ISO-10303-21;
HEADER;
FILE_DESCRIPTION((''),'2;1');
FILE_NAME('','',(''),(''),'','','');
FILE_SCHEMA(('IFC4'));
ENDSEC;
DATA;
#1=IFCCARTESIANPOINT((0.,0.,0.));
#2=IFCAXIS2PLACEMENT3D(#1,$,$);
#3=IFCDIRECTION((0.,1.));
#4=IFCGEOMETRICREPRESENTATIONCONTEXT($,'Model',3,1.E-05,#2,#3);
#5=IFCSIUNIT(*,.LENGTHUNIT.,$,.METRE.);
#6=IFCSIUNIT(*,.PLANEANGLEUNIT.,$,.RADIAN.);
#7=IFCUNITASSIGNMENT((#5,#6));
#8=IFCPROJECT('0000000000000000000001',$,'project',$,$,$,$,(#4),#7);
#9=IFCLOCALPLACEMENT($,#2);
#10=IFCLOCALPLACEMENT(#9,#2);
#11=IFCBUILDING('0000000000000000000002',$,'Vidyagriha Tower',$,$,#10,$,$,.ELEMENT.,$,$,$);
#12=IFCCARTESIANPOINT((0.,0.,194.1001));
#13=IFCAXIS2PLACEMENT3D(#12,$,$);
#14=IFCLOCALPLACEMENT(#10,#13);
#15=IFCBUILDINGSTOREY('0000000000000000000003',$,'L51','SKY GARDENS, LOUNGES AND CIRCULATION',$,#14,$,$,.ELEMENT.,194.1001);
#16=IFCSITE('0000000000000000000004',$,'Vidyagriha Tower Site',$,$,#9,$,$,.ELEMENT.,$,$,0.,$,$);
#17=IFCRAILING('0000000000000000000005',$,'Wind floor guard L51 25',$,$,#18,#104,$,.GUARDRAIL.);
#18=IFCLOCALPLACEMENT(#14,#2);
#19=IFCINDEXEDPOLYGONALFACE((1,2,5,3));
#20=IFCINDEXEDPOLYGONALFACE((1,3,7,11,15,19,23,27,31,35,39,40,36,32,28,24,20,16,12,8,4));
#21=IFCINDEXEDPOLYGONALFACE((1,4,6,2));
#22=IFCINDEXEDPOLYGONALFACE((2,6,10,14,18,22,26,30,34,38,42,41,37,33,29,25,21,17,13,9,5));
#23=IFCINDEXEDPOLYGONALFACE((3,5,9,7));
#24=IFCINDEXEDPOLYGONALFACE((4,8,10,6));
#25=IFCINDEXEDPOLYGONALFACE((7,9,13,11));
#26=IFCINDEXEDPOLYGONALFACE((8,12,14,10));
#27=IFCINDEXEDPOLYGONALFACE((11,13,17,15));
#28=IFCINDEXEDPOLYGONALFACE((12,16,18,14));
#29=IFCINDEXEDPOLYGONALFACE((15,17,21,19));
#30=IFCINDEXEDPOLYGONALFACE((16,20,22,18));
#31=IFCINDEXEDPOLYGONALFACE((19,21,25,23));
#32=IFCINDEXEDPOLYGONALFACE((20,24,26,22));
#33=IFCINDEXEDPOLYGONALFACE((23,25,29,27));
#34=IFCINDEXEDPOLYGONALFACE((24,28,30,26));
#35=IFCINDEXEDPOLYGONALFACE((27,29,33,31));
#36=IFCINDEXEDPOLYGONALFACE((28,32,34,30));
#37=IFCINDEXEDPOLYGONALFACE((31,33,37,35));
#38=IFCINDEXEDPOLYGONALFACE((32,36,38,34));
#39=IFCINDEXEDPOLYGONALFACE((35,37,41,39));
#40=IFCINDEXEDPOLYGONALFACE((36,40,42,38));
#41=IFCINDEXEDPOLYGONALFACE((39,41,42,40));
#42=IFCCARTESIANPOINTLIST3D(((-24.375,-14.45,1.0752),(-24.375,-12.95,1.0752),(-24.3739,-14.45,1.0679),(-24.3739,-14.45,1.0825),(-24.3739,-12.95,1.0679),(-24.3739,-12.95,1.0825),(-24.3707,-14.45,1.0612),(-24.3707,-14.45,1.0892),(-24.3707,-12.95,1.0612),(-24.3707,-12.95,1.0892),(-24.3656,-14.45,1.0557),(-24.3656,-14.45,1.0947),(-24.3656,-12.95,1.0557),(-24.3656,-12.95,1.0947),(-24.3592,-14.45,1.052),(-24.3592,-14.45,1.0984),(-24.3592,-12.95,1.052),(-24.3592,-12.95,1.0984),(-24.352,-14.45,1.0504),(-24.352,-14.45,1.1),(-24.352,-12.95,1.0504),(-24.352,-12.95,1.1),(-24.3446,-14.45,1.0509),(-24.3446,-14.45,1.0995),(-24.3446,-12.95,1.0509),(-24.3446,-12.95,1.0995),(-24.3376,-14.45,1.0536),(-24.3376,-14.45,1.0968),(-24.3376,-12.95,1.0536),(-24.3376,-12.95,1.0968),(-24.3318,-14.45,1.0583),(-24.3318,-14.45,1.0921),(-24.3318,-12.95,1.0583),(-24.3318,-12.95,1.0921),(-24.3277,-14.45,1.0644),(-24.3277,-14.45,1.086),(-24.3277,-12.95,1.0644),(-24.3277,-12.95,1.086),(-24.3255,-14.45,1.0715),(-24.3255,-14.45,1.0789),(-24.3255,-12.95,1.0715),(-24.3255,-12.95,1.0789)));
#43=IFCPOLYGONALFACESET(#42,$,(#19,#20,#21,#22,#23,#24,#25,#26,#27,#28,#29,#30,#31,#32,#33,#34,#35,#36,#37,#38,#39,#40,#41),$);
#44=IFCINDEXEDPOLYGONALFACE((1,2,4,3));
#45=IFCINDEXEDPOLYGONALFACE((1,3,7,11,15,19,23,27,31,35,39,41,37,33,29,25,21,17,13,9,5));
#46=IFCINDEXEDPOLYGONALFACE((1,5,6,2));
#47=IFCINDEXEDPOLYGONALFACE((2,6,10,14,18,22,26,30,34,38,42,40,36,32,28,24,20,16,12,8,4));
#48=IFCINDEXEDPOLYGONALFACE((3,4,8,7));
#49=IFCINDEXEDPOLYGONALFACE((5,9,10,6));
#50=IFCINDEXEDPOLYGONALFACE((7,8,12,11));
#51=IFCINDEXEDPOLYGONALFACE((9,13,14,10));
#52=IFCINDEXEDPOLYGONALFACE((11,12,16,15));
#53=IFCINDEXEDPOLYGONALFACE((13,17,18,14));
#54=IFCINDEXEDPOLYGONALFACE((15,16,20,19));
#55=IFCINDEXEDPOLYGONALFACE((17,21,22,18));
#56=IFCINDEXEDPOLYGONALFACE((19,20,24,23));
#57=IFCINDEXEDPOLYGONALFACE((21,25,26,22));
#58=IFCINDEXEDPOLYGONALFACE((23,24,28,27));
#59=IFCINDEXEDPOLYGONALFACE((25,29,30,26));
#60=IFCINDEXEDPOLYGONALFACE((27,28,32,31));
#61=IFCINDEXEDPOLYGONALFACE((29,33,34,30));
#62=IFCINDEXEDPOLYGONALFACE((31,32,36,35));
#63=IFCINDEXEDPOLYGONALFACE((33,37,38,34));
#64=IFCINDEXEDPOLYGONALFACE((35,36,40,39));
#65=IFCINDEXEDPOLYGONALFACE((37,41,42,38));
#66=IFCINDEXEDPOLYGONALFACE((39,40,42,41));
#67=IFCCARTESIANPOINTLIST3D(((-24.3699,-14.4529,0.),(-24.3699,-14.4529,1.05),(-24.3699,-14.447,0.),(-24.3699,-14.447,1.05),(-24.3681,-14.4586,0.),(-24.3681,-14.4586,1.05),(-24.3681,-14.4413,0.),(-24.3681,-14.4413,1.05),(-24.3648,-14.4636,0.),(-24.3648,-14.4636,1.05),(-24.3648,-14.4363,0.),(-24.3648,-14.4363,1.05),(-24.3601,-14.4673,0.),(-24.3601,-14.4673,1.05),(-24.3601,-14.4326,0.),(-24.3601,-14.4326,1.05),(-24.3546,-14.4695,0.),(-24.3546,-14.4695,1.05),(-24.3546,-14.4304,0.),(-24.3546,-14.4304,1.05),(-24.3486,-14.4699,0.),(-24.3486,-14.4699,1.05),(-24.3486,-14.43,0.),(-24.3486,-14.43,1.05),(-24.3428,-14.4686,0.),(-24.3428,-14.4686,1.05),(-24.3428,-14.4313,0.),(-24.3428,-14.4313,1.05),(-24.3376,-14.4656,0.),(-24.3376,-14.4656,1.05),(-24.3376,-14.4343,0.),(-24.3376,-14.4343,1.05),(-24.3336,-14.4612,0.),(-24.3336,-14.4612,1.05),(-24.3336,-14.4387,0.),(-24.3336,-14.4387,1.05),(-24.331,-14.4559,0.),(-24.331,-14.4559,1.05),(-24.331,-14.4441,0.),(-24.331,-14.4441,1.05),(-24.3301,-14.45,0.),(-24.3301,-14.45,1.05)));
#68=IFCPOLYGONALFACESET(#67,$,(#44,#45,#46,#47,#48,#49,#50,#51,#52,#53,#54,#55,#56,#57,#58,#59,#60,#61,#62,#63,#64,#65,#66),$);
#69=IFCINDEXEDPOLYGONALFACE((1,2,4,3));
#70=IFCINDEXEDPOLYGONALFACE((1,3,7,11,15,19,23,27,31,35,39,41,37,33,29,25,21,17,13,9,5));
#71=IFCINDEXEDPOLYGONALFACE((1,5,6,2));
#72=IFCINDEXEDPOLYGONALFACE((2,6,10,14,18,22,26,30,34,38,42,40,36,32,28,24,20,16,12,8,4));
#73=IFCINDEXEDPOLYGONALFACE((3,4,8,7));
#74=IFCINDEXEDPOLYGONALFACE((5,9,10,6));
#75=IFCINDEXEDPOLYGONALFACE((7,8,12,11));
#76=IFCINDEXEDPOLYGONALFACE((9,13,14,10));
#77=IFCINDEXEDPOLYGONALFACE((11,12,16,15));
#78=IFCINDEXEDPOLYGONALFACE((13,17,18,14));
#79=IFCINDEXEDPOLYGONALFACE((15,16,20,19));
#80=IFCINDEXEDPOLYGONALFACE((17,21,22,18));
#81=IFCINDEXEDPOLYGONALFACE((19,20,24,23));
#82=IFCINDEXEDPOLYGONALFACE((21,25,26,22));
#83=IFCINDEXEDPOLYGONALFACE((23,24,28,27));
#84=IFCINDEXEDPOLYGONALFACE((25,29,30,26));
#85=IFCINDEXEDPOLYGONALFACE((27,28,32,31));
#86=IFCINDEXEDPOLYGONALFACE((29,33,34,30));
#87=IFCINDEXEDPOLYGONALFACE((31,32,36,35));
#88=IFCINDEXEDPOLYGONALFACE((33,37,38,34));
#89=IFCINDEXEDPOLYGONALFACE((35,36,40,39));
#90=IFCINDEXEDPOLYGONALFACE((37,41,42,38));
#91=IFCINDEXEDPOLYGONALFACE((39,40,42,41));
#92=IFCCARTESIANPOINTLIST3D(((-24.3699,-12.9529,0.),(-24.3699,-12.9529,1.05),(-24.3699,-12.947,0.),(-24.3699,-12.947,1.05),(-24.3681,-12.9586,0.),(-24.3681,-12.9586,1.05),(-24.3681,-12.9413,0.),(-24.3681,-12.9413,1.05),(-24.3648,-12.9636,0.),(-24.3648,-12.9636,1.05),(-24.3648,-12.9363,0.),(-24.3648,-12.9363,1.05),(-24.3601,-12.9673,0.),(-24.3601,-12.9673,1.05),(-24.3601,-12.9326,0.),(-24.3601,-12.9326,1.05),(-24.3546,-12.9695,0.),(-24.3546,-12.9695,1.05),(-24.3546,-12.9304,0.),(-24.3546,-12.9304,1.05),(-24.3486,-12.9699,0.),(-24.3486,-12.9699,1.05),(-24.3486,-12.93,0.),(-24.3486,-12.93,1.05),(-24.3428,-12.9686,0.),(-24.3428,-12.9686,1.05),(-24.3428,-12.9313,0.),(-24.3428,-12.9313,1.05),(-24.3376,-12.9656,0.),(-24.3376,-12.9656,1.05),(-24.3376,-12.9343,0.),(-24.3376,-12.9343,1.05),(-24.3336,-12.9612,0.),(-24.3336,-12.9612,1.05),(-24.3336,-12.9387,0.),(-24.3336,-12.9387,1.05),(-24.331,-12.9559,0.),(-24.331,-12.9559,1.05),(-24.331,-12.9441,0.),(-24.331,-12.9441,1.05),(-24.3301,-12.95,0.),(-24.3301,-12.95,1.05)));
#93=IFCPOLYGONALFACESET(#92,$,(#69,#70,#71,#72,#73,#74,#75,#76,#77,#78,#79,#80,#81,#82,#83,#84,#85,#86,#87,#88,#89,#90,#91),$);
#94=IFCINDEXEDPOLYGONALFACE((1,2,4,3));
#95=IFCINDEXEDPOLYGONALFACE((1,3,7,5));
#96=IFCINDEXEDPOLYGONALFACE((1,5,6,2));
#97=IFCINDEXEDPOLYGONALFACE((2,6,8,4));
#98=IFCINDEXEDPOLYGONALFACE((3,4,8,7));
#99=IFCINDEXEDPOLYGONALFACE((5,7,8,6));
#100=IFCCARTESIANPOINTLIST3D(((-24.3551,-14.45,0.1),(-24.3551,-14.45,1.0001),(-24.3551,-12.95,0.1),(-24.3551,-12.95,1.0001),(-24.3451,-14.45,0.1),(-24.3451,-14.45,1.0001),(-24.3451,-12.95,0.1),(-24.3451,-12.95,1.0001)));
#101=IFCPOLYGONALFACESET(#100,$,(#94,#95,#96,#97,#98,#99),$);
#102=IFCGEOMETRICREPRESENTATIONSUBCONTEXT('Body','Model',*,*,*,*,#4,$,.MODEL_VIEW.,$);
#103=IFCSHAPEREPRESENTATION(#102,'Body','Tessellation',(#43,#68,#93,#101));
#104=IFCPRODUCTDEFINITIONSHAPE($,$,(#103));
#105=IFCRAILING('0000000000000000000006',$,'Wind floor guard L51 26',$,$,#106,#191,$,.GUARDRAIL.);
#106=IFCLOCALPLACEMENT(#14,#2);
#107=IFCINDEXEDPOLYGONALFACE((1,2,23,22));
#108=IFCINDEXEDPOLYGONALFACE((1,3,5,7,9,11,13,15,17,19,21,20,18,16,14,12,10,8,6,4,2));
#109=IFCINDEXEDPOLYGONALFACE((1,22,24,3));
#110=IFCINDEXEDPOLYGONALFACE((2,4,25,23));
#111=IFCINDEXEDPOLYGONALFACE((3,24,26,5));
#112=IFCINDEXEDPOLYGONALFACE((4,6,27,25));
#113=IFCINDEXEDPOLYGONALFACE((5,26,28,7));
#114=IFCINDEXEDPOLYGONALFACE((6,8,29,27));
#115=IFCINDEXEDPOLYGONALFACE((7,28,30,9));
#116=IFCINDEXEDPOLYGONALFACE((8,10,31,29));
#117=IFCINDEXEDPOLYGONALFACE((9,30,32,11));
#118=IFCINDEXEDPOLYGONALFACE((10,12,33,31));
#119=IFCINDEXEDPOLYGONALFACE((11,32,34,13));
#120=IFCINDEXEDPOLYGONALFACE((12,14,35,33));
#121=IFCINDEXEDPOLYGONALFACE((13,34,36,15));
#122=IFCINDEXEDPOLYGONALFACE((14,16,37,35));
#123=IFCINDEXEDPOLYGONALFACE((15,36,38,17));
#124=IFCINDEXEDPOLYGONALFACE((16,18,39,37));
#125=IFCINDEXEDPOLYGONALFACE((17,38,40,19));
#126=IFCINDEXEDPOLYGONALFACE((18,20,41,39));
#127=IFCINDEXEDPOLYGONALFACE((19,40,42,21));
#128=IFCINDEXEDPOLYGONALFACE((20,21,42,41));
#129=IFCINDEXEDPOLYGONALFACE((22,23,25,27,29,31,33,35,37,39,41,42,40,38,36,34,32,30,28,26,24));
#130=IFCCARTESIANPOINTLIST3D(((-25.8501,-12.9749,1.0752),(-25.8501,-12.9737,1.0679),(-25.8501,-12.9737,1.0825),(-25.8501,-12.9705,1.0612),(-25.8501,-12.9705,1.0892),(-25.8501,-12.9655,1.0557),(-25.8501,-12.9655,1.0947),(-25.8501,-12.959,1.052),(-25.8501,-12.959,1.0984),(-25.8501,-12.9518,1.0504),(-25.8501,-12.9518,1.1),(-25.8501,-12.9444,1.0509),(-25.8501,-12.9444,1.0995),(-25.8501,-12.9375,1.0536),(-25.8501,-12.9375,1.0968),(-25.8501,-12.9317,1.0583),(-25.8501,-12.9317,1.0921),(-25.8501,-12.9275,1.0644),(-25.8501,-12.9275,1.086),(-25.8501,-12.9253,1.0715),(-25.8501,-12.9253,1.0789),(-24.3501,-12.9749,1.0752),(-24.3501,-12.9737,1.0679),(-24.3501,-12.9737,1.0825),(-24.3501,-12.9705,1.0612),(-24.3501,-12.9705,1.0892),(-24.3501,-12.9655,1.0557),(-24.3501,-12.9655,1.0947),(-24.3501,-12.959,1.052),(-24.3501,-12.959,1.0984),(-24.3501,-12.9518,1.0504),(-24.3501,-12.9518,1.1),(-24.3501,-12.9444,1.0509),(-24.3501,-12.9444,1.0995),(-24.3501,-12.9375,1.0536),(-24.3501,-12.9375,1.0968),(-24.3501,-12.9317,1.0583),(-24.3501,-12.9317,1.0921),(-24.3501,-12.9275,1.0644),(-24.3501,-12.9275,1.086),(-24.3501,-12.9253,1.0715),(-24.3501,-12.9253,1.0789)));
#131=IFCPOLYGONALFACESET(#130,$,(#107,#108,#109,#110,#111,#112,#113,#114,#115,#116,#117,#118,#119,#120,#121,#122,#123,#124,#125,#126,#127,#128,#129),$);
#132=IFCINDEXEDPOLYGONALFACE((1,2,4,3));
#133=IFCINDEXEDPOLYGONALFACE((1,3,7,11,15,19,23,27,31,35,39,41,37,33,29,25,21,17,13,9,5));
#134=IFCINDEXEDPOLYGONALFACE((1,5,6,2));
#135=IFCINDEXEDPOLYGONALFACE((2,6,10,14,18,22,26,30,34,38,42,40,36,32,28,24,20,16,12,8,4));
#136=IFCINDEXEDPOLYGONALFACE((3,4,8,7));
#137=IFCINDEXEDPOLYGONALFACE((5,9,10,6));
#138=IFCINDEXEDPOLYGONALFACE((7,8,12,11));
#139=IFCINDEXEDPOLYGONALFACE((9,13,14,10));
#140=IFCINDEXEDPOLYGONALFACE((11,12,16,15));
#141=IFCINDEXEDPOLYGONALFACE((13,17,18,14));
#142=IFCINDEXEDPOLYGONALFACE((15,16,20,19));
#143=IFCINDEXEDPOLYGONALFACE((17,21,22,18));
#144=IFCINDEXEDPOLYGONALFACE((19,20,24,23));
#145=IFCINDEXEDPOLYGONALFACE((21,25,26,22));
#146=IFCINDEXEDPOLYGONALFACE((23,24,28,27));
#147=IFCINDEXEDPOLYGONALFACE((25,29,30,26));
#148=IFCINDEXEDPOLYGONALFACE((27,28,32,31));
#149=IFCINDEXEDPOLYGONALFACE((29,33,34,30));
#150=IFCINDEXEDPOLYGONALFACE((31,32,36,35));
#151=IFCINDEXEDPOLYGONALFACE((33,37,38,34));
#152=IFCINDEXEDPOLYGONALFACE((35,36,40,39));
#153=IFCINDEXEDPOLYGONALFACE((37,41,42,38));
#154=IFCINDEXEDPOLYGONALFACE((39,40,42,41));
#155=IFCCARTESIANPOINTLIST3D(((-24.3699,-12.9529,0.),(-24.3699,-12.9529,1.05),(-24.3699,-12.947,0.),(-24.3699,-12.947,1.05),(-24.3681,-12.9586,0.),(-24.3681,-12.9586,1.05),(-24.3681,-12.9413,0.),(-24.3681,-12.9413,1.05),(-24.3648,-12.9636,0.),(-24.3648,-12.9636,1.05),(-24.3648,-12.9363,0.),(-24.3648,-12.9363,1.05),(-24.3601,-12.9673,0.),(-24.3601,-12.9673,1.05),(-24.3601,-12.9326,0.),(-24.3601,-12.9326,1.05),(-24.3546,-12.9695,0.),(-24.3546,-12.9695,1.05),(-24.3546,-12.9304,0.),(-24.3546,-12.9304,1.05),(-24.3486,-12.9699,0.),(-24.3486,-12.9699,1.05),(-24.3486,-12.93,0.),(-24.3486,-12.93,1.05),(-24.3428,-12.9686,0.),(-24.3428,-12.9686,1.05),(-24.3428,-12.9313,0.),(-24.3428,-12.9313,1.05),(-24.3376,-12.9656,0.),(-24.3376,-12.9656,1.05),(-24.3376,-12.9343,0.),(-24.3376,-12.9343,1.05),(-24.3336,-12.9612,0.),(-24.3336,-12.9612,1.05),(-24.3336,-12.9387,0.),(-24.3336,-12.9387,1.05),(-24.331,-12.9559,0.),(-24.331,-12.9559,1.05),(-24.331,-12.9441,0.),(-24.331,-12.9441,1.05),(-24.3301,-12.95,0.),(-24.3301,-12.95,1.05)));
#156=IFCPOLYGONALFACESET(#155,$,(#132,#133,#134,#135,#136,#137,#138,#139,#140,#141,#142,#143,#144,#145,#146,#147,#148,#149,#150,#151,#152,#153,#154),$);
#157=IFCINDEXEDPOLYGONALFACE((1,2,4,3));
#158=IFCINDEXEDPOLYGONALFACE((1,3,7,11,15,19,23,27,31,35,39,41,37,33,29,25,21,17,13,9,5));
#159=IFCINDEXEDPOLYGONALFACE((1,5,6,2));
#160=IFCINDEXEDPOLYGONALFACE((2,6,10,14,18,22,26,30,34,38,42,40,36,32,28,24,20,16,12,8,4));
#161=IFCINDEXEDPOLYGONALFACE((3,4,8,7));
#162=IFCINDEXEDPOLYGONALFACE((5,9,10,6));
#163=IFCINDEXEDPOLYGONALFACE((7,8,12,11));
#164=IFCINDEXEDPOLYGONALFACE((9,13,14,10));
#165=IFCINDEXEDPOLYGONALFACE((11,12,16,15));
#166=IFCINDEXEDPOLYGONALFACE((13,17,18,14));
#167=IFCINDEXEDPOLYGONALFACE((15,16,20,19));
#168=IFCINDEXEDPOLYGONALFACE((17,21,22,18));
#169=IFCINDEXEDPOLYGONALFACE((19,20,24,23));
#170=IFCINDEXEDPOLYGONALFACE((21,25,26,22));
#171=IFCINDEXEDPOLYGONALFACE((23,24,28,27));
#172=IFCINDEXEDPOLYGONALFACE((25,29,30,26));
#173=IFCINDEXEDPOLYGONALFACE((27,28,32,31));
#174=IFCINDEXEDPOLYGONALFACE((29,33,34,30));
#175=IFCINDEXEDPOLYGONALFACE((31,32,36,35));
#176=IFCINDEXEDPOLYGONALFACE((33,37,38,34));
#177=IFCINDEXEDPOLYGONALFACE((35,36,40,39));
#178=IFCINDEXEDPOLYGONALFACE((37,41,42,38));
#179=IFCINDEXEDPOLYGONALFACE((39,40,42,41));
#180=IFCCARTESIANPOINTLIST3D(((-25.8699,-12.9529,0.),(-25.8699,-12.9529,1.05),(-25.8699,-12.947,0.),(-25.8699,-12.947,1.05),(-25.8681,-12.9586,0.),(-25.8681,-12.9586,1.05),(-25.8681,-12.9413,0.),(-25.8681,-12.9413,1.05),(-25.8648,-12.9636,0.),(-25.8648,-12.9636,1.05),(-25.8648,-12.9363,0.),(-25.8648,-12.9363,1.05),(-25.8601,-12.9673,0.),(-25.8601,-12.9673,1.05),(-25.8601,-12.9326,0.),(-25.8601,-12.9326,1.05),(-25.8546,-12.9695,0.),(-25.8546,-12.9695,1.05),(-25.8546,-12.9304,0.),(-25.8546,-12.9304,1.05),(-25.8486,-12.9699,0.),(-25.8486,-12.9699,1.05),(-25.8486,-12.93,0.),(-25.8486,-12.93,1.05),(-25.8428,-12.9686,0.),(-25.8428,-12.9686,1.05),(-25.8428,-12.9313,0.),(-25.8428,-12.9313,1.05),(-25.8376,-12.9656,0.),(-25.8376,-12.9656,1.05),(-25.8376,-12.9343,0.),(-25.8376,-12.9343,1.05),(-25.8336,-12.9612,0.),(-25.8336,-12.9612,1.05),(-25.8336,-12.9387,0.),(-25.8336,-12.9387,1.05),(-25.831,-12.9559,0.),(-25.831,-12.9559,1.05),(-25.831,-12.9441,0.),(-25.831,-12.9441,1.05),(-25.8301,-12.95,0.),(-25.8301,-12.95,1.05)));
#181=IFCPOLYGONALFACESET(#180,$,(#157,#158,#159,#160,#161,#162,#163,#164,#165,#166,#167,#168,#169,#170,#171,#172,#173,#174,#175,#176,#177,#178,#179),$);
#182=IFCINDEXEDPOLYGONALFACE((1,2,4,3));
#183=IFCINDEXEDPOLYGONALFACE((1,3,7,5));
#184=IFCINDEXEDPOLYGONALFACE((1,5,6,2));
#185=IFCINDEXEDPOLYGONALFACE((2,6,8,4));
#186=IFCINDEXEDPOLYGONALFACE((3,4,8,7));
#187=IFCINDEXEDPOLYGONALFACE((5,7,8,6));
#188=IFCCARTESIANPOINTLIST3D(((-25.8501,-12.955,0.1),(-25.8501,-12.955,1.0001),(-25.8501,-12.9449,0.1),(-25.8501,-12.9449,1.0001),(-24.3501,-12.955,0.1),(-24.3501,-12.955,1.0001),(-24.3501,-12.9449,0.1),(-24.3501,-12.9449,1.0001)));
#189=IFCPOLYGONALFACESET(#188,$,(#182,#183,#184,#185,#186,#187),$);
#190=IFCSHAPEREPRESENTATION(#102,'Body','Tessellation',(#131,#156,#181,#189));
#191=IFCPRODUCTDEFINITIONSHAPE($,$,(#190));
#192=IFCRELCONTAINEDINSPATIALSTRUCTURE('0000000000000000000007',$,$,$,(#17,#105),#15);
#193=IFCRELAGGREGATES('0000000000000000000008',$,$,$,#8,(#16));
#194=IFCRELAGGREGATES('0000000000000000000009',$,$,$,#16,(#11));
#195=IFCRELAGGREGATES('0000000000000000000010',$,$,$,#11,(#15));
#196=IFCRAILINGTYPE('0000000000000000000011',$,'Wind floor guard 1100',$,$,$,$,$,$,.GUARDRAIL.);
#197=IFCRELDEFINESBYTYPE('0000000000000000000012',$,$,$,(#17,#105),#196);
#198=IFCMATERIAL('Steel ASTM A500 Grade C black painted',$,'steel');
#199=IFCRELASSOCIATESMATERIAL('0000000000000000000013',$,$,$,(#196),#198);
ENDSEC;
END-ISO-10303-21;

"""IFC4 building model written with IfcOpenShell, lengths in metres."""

from ifc_helpers import new_model, si_unit, direction, frame, origin, origin_2d, place, context, subcontext, project, spatial, rectangle, circle, extrude, material, type_object, element, save


model = new_model("IFC4")

# Units and contexts
model_context = context("Model", 3, precision=1e-05, world=origin(), true_north=direction((0.0, 1.0)))
body_context = subcontext(model_context, "Body", "Model", "MODEL_VIEW")
ifc_project = project(units=[si_unit("LENGTHUNIT", "METRE"), si_unit("PLANEANGLEUNIT", "RADIAN")], contexts=[model_context])

# Site, building, storey
site_placement = place(None, origin())
site = spatial("IfcSite", under=ifc_project, at=site_placement, Name="Vidyagriha Tower Site", CompositionType="ELEMENT", RefElevation=0.0)
building_placement = place(site_placement, origin())
building = spatial("IfcBuilding", under=site, at=building_placement, Name="Vidyagriha Tower", CompositionType="ELEMENT")
storey_placement = place(building_placement, frame((0.0, 0.0, 194.1001)))
storey = spatial("IfcBuildingStorey", under=building, at=storey_placement, Name="L51", Description="SKY GARDENS, LOUNGES AND CIRCULATION", CompositionType="ELEMENT", Elevation=194.1001)

# Railings
ifc_material_1 = material(Name="Steel ASTM A500 Grade C black painted", Category="steel")
railing_type = type_object("IfcRailingType", Name="Wind floor guard 1100", PredefinedType="GUARDRAIL", material=ifc_material_1)
railing_1_placement = place(storey_placement, frame((-24.3501, -14.45, 0.0)))
element("IfcRailing", 1, at=railing_1_placement, inside=storey, type_object=railing_type, Name="Wind floor guard L51 25", PredefinedType="GUARDRAIL", context=body_context, shape_type="SweptSolid", body=[
    extrude(circle(Radius=0.0249, at=origin_2d()), frame((0.0, 0.0, 1.0752), z_axis=(0.0, 1.0, 0.0), x_axis=(-1.0, 0.0, 0.0)), (0.0, 0.0, 1.0), 1.5),
    extrude(circle(Radius=0.02, at=origin_2d()), origin(), (0.0, 0.0, 1.0), 1.05),
    extrude(circle(Radius=0.02, at=origin_2d()), frame((0.0, 1.5, 0.0)), (0.0, 0.0, 1.0), 1.05),
    extrude(rectangle(XDim=0.01, YDim=0.9001, at=origin_2d()), frame((0.0, 0.0, 0.55), z_axis=(0.0, 1.0, 0.0), x_axis=(-1.0, 0.0, 0.0)), (0.0, 0.0, 1.0), 1.5),
])
railing_2_placement = place(storey_placement, frame((-24.3501, -12.95, 0.0)))
element("IfcRailing", 2, at=railing_2_placement, inside=storey, type_object=railing_type, Name="Wind floor guard L51 26", PredefinedType="GUARDRAIL", context=body_context, shape_type="SweptSolid", body=[
    extrude(circle(Radius=0.0249, at=origin_2d()), frame((0.0, 0.0, 1.0752), z_axis=(-1.0, 0.0, 0.0), x_axis=(0.0, -1.0, 0.0)), (0.0, 0.0, 1.0), 1.5),
    extrude(circle(Radius=0.02, at=origin_2d()), origin(), (0.0, 0.0, 1.0), 1.05),
    extrude(circle(Radius=0.02, at=origin_2d()), frame((-1.5, 0.0, 0.0)), (0.0, 0.0, 1.0), 1.05),
    extrude(rectangle(XDim=0.01, YDim=0.9001, at=origin_2d()), frame((0.0, 0.0, 0.55), z_axis=(-1.0, 0.0, 0.0), x_axis=(0.0, -1.0, 0.0)), (0.0, 0.0, 1.0), 1.5),
])

save(model, "model.ifc")
